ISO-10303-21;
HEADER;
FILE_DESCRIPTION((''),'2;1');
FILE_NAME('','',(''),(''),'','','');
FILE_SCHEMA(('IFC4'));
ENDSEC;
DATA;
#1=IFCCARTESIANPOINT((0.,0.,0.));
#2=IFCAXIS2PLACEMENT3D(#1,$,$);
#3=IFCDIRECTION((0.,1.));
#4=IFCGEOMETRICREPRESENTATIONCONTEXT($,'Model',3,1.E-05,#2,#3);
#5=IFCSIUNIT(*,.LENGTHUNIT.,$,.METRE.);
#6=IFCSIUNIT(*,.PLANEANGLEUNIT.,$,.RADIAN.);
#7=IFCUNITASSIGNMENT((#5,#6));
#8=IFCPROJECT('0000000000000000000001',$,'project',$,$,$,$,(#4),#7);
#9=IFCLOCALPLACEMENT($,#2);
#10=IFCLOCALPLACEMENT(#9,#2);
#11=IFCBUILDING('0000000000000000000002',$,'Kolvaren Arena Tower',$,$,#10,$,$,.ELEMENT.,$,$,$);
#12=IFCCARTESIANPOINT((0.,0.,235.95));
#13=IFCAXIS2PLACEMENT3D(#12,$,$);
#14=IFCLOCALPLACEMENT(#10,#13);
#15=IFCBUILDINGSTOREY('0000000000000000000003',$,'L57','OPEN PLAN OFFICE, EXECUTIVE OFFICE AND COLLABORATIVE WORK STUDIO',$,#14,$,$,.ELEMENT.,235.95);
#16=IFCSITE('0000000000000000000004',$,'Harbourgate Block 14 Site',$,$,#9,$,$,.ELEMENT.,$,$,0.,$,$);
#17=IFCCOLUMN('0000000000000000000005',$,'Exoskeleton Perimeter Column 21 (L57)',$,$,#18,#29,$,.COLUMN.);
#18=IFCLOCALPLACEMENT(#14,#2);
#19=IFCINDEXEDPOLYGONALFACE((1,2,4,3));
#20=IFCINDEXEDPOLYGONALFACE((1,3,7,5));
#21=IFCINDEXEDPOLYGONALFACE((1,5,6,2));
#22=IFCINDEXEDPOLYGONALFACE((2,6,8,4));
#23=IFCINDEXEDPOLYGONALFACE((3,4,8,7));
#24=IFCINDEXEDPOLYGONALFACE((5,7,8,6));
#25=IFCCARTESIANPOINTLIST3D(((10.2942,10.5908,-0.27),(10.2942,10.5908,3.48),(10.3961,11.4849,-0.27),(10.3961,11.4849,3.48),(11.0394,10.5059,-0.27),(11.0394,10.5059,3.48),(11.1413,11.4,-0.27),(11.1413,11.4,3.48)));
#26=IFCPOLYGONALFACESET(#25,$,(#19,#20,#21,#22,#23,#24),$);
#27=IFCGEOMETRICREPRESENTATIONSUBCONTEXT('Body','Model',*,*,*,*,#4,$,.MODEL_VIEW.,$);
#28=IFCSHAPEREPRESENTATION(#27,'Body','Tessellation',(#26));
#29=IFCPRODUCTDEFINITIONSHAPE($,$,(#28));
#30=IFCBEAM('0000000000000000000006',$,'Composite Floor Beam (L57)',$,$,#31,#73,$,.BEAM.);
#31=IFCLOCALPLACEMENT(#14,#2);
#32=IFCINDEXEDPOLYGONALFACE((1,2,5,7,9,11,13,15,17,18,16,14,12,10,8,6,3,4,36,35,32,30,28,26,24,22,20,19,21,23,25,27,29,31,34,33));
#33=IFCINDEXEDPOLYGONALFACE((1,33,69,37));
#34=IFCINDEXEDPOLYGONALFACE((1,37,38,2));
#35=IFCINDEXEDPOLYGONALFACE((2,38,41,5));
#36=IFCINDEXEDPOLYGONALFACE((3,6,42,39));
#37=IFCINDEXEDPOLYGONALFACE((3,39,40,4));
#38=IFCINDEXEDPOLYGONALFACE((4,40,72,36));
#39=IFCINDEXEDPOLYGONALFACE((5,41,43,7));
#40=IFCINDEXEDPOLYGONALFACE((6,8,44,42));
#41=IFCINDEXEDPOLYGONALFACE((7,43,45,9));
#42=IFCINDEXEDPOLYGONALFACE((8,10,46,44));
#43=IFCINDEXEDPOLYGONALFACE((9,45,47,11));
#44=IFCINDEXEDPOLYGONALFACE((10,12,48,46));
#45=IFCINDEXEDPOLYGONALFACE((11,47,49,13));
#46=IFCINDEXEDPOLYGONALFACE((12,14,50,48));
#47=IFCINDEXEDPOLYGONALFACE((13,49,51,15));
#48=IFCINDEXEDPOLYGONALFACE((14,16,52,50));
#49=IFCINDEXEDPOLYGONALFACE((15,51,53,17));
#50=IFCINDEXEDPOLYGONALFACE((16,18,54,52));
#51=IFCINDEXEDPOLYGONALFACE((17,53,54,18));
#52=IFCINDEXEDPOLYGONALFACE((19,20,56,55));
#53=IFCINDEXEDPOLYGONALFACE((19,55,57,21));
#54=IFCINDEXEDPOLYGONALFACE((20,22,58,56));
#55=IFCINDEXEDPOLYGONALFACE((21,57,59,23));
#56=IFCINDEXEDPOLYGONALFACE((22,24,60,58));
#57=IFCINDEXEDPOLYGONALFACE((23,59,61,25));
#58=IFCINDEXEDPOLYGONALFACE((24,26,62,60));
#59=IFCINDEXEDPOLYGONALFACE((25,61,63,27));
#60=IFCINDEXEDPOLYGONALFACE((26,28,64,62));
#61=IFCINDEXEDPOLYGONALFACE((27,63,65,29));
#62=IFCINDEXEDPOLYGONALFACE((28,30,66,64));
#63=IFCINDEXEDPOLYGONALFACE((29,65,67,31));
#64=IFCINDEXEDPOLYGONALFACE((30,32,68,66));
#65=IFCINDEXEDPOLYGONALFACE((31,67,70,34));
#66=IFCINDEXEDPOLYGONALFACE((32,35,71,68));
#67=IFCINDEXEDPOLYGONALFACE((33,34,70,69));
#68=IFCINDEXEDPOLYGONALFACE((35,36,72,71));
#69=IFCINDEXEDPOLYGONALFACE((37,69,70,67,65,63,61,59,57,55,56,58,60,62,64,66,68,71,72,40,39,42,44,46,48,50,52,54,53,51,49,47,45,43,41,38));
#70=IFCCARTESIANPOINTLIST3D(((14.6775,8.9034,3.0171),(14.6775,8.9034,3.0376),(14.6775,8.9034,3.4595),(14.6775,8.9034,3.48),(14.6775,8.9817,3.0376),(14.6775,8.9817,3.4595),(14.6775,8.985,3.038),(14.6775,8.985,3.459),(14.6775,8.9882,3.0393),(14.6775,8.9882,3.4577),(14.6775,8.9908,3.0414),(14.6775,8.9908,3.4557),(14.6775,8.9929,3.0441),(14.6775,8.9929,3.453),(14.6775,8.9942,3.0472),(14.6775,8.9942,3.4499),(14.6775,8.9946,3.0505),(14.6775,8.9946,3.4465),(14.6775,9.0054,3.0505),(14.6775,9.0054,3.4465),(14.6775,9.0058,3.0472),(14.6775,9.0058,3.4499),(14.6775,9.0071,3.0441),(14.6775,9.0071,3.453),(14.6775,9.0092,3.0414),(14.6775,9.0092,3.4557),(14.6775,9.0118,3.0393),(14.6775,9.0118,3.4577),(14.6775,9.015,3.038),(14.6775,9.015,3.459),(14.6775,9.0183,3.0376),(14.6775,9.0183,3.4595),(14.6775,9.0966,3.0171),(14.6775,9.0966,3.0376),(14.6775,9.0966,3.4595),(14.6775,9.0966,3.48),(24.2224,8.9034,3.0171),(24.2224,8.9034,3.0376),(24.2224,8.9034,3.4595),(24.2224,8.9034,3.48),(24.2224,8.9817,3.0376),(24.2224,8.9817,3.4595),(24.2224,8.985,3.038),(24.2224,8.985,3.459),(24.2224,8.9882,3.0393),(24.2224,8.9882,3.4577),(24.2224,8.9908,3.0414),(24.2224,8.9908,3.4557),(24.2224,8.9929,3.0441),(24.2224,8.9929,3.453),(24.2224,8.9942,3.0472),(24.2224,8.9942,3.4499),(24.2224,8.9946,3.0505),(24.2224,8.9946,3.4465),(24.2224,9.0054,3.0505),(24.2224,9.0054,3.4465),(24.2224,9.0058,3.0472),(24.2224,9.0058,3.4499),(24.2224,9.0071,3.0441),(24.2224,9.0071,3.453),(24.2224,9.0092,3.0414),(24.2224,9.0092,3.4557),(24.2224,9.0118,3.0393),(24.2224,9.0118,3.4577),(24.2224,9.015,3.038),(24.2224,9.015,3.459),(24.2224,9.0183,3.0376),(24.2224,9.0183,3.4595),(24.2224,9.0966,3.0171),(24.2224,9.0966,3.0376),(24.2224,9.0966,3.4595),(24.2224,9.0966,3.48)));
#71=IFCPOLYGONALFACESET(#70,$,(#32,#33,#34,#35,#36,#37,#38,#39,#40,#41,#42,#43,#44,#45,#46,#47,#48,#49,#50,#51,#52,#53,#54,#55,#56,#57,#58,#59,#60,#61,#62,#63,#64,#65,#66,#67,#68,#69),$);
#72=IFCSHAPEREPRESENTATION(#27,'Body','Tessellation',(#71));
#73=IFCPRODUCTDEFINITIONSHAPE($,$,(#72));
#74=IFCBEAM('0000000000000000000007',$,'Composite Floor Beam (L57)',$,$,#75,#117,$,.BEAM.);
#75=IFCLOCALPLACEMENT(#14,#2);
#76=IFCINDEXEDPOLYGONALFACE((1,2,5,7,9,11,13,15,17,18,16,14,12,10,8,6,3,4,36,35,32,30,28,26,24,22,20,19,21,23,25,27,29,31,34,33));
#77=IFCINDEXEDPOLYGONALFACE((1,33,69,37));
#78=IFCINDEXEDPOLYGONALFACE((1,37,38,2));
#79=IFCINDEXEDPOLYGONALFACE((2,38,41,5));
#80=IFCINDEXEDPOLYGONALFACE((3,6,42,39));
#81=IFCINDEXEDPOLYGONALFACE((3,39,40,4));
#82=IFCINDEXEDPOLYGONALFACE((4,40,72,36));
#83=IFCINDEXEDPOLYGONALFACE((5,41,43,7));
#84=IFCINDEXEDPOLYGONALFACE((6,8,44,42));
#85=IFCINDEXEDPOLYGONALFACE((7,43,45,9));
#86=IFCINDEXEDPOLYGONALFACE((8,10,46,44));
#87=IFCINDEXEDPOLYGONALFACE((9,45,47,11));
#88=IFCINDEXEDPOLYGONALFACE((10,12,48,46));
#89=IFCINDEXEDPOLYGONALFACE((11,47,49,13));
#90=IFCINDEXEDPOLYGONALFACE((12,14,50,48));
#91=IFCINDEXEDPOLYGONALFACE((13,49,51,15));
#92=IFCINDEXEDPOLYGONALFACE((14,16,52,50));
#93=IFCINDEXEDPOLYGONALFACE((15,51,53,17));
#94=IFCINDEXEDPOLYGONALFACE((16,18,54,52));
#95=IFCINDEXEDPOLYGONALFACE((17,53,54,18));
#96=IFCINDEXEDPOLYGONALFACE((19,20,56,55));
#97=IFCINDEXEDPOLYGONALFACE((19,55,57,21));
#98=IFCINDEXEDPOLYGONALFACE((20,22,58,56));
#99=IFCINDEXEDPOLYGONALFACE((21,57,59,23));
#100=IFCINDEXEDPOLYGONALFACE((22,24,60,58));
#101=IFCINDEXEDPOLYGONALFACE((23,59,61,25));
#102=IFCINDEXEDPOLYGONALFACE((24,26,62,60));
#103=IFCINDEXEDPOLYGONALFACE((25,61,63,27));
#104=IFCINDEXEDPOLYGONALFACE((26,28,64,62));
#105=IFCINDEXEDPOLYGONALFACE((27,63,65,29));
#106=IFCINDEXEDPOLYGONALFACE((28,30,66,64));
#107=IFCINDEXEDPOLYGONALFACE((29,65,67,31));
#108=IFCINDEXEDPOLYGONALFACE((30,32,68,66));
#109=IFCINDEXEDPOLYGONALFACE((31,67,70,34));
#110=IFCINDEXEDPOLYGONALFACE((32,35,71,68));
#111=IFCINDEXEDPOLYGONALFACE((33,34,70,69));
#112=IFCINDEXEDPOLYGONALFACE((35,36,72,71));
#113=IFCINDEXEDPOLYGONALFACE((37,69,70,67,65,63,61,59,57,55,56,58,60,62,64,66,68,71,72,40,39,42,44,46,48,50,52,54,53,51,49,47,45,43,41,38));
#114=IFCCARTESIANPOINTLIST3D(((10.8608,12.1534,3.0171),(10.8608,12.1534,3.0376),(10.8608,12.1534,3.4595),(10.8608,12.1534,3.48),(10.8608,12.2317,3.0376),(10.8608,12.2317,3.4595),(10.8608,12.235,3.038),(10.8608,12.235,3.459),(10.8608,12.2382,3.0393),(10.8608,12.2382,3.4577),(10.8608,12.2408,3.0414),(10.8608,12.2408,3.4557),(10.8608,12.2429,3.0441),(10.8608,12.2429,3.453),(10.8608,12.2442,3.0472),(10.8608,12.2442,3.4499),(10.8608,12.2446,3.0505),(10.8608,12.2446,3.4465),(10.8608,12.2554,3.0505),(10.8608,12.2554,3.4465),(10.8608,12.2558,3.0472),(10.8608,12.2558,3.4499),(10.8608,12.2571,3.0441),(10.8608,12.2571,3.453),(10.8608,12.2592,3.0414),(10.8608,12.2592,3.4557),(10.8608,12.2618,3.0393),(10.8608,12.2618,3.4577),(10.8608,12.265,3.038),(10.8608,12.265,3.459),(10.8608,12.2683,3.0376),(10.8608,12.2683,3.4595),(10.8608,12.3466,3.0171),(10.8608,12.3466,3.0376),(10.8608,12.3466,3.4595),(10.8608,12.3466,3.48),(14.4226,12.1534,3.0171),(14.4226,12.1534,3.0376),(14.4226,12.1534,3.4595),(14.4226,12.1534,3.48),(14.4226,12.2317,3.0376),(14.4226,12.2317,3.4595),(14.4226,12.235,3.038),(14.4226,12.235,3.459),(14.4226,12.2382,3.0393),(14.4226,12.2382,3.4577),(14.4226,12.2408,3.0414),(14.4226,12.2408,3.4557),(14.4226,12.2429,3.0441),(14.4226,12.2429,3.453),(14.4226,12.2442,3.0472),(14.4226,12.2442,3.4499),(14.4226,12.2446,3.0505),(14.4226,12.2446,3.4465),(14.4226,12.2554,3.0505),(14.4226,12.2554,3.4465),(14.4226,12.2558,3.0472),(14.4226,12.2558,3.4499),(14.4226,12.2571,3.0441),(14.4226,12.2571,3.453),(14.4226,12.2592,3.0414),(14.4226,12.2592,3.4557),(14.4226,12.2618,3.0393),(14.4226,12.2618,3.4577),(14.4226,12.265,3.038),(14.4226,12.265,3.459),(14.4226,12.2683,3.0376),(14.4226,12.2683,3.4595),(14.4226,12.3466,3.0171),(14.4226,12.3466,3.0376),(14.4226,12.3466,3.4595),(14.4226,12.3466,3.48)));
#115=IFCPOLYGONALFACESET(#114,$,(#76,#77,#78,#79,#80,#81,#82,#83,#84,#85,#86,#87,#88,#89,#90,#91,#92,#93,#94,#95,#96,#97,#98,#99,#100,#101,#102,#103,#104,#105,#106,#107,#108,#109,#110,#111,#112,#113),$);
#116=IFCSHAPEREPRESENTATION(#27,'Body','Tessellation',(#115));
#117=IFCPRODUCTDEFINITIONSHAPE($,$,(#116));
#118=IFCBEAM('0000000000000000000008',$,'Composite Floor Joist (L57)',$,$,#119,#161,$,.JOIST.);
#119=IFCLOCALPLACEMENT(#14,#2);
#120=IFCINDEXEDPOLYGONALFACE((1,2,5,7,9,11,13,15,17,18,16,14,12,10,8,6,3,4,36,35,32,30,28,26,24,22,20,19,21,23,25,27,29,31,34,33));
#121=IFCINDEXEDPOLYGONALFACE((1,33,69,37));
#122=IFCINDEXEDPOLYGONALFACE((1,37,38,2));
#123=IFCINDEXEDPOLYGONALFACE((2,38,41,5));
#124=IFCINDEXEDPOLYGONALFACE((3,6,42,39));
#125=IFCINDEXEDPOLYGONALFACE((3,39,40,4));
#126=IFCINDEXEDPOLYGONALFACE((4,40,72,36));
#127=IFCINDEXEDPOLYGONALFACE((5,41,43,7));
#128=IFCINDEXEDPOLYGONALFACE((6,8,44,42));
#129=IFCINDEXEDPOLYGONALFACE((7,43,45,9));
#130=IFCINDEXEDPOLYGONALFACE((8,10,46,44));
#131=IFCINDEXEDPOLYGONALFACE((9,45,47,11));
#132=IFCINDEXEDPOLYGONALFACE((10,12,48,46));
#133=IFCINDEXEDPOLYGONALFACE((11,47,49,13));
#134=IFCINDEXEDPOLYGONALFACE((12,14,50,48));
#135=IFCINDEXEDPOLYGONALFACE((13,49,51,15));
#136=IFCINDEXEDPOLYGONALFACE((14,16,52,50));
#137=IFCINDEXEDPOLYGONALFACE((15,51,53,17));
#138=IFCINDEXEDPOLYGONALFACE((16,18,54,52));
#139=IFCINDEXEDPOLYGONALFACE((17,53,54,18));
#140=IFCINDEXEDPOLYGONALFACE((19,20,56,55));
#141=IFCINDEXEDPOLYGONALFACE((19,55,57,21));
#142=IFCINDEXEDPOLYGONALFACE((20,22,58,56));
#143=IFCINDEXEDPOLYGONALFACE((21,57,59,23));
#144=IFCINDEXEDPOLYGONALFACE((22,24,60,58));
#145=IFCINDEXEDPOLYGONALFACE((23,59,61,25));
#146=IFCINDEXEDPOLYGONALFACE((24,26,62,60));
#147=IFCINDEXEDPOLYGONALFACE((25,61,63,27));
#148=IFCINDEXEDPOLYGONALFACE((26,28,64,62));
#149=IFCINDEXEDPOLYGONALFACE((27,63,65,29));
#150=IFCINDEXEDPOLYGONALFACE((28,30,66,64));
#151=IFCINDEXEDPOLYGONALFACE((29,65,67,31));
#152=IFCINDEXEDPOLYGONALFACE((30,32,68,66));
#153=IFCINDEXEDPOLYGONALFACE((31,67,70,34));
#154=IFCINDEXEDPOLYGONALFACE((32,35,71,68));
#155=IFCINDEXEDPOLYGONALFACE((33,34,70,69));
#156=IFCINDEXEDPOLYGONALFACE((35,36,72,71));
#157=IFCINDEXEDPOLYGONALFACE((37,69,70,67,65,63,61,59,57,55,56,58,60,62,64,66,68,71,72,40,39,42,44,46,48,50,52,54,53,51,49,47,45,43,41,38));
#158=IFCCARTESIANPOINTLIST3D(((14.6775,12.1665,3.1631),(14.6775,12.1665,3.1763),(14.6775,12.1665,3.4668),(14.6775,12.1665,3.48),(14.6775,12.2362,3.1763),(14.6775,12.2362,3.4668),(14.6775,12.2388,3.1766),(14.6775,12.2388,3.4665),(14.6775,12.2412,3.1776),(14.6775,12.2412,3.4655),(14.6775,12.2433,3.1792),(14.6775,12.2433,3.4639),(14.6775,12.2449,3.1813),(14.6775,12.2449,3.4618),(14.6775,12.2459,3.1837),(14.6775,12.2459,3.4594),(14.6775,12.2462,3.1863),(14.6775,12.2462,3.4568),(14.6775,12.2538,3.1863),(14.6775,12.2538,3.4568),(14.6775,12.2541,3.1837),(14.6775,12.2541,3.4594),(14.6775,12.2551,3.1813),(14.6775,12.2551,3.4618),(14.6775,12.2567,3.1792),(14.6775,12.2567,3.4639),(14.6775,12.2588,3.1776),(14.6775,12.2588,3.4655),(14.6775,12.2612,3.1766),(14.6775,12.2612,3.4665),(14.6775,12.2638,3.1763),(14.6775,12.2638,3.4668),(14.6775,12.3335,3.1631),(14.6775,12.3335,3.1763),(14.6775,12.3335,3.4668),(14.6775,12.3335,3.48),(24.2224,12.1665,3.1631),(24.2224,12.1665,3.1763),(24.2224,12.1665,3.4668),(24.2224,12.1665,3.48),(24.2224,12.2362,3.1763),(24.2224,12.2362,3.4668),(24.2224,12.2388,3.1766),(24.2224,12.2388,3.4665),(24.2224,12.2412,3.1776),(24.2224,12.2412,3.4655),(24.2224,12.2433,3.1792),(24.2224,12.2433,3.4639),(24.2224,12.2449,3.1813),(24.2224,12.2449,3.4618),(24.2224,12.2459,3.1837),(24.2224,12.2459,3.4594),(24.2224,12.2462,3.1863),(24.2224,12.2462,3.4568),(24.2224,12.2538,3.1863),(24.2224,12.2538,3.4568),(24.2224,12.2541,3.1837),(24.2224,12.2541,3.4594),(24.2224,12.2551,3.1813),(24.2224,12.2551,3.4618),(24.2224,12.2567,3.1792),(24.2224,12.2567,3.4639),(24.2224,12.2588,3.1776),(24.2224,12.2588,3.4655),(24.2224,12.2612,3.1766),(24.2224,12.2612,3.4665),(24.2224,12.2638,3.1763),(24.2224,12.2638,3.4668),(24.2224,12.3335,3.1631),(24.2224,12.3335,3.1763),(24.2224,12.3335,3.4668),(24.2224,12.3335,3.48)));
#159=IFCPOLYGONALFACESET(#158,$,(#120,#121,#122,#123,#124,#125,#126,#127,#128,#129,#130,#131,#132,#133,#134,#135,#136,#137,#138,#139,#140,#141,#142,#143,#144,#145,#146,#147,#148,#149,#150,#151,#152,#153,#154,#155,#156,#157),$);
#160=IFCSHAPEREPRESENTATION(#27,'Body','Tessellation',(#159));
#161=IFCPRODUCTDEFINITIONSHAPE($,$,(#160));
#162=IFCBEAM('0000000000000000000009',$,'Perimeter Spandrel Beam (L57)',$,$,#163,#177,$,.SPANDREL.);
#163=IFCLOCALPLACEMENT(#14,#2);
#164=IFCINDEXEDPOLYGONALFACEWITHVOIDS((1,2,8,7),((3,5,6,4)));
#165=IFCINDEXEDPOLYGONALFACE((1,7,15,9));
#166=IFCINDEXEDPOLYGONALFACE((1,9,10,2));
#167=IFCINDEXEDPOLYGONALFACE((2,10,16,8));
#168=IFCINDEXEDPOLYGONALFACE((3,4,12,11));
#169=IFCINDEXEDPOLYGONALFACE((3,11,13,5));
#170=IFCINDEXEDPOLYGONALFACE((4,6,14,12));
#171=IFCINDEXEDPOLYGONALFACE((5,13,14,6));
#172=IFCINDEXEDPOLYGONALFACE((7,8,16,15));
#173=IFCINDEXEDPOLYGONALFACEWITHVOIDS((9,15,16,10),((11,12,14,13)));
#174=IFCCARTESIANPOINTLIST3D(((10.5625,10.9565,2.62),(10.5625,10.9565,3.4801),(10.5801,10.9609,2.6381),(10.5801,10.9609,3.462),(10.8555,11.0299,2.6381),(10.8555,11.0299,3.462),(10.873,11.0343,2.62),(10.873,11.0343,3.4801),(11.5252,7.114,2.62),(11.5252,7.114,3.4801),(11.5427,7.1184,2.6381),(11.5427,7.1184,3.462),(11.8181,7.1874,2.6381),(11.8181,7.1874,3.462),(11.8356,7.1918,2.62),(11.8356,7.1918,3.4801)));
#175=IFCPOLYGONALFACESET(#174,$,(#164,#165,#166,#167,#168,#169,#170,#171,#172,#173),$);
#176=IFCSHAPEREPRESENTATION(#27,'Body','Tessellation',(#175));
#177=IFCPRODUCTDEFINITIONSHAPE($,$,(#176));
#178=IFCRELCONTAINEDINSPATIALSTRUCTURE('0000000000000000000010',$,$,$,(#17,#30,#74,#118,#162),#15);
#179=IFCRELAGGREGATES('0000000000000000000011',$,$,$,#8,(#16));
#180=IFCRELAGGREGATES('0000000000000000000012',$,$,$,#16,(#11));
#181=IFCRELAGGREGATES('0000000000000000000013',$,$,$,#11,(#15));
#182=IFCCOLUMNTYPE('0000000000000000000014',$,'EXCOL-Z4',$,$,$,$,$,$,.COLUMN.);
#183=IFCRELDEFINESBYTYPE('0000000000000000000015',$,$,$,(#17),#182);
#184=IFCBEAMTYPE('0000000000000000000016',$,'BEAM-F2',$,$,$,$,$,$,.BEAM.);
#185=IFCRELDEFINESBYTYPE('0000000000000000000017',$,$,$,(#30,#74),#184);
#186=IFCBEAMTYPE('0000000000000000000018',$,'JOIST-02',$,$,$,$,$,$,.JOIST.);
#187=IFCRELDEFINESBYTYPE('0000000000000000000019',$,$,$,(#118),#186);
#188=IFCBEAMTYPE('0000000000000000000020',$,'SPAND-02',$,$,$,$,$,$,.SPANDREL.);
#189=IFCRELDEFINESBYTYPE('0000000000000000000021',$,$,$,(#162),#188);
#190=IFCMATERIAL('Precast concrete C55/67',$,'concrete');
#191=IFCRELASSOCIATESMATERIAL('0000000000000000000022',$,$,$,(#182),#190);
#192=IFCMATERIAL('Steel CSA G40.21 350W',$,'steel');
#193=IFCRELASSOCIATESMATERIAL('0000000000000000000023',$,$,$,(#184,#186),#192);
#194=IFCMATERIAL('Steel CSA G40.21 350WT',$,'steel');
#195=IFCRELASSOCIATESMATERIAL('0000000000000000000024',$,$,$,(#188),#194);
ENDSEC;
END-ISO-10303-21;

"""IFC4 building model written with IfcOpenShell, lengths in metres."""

from ifc_helpers import new_model, si_unit, direction, frame, origin, origin_2d, place, context, subcontext, project, spatial, rectangle, hollow_rectangle, i_section, extrude, material, material_profile, profile_set, type_object, element, save


model = new_model("IFC4")

# Units and contexts
model_context = context("Model", 3, precision=1e-05, world=origin(), true_north=direction((0.0, 1.0)))
body_context = subcontext(model_context, "Body", "Model", "MODEL_VIEW")
ifc_project = project(units=[si_unit("LENGTHUNIT", "METRE"), si_unit("PLANEANGLEUNIT", "RADIAN")], contexts=[model_context])

# Site, building, storey
site_placement = place(None, origin())
site = spatial("IfcSite", under=ifc_project, at=site_placement, Name="Harbourgate Block 14 Site", CompositionType="ELEMENT", RefElevation=0.0)
building_placement = place(site_placement, origin())
building = spatial("IfcBuilding", under=site, at=building_placement, Name="Kolvaren Arena Tower", CompositionType="ELEMENT")
storey_placement = place(building_placement, frame((0.0, 0.0, 235.95)))
storey = spatial("IfcBuildingStorey", under=building, at=storey_placement, Name="L57", Description="OPEN PLAN OFFICE, EXECUTIVE OFFICE AND COLLABORATIVE WORK STUDIO", CompositionType="ELEMENT", Elevation=235.95)

# Column
ifc_material_1 = material(Name="Precast concrete C55/67", Category="concrete")
ifc_material_profile_1 = material_profile(ifc_material_1, rectangle(XDim=0.8999, YDim=0.75, at=origin_2d()), Name="RC-900x750")
ifc_profile_set_1 = profile_set([ifc_material_profile_1], Name="Precast concrete C55/67")
column_type = type_object("IfcColumnType", Name="EXCOL-Z4", PredefinedType="COLUMN", material=ifc_profile_set_1)
column_placement = place(storey_placement, frame((10.7178, 10.9954, -0.27), z_axis=(0.0, 0.0, 1.0), x_axis=(0.113203, 0.993572, 0.0)))
element("IfcColumn", 1, at=column_placement, inside=storey, type_object=column_type, Name="Exoskeleton Perimeter Column 21 (L57)", PredefinedType="COLUMN", context=body_context, shape_type="SweptSolid", body=[
    extrude(rectangle(XDim=0.8999, YDim=0.75, at=origin_2d()), origin(), (0.0, 0.0, 1.0), 3.75),
])

# Beams
ifc_material_2 = material(Name="Steel CSA G40.21 350W", Category="steel")
ifc_material_profile_2 = material_profile(ifc_material_2, i_section(OverallWidth=0.1931, OverallDepth=0.4629, WebThickness=0.0107, FlangeThickness=0.0205, FilletRadius=0.0129, at=origin_2d()), Name="W460x113")
ifc_profile_set_2 = profile_set([ifc_material_profile_2], Name="Steel CSA G40.21 350W")
beam_type_1 = type_object("IfcBeamType", Name="BEAM-F2", PredefinedType="BEAM", material=ifc_profile_set_2)
beam_1_placement = place(storey_placement, frame((14.6775, 9.0, 3.2485), z_axis=(1.0, 0.0, 0.0), x_axis=(0.0, 1.0, 0.0)))
element("IfcBeam", 2, at=beam_1_placement, inside=storey, type_object=beam_type_1, Name="Composite Floor Beam (L57)", PredefinedType="BEAM", context=body_context, shape_type="SweptSolid", body=[
    extrude(i_section(OverallWidth=0.1931, OverallDepth=0.4629, WebThickness=0.0107, FlangeThickness=0.0205, FilletRadius=0.0129, at=origin_2d()), origin(), (0.0, 0.0, 1.0), 9.5449),
])
beam_2_placement = place(storey_placement, frame((10.8608, 12.25, 3.2485), z_axis=(1.0, 0.0, 0.0), x_axis=(0.0, 1.0, 0.0)))
element("IfcBeam", 3, at=beam_2_placement, inside=storey, type_object=beam_type_1, Name="Composite Floor Beam (L57)", PredefinedType="BEAM", context=body_context, shape_type="SweptSolid", body=[
    extrude(i_section(OverallWidth=0.1931, OverallDepth=0.4629, WebThickness=0.0107, FlangeThickness=0.0205, FilletRadius=0.0129, at=origin_2d()), origin(), (0.0, 0.0, 1.0), 3.5618),
])
ifc_material_profile_3 = material_profile(ifc_material_2, i_section(OverallWidth=0.167, OverallDepth=0.3169, WebThickness=0.0076, FlangeThickness=0.0132, FilletRadius=0.01, at=origin_2d()), Name="W310x52")
ifc_profile_set_3 = profile_set([ifc_material_profile_3], Name="Steel CSA G40.21 350W")
beam_type_2 = type_object("IfcBeamType", Name="JOIST-02", PredefinedType="JOIST", material=ifc_profile_set_3)
beam_3_placement = place(storey_placement, frame((14.6775, 12.25, 3.3215), z_axis=(1.0, 0.0, 0.0), x_axis=(0.0, 1.0, 0.0)))
element("IfcBeam", 4, at=beam_3_placement, inside=storey, type_object=beam_type_2, Name="Composite Floor Joist (L57)", PredefinedType="JOIST", context=body_context, shape_type="SweptSolid", body=[
    extrude(i_section(OverallWidth=0.167, OverallDepth=0.3169, WebThickness=0.0076, FlangeThickness=0.0132, FilletRadius=0.01, at=origin_2d()), origin(), (0.0, 0.0, 1.0), 9.5449),
])
ifc_material_3 = material(Name="Steel CSA G40.21 350WT", Category="steel")
ifc_material_profile_4 = material_profile(ifc_material_3, hollow_rectangle(XDim=0.3201, YDim=0.8601, WallThickness=0.0181, at=origin_2d()), Name="HSS 860x320x18")
ifc_profile_set_4 = profile_set([ifc_material_profile_4], Name="Steel CSA G40.21 350WT")
beam_type_3 = type_object("IfcBeamType", Name="SPAND-02", PredefinedType="SPANDREL", material=ifc_profile_set_4)
beam_4_placement = place(storey_placement, frame((10.7178, 10.9954, 3.05), z_axis=(0.243014, -0.970023, 0.0), x_axis=(0.970023, 0.243014, 0.0)))
element("IfcBeam", 5, at=beam_4_placement, inside=storey, type_object=beam_type_3, Name="Perimeter Spandrel Beam (L57)", PredefinedType="SPANDREL", context=body_context, shape_type="SweptSolid", body=[
    extrude(hollow_rectangle(XDim=0.3201, YDim=0.8601, WallThickness=0.0181, at=origin_2d()), origin(), (0.0, 0.0, 1.0), 3.9612),
])

save(model, "model.ifc")
